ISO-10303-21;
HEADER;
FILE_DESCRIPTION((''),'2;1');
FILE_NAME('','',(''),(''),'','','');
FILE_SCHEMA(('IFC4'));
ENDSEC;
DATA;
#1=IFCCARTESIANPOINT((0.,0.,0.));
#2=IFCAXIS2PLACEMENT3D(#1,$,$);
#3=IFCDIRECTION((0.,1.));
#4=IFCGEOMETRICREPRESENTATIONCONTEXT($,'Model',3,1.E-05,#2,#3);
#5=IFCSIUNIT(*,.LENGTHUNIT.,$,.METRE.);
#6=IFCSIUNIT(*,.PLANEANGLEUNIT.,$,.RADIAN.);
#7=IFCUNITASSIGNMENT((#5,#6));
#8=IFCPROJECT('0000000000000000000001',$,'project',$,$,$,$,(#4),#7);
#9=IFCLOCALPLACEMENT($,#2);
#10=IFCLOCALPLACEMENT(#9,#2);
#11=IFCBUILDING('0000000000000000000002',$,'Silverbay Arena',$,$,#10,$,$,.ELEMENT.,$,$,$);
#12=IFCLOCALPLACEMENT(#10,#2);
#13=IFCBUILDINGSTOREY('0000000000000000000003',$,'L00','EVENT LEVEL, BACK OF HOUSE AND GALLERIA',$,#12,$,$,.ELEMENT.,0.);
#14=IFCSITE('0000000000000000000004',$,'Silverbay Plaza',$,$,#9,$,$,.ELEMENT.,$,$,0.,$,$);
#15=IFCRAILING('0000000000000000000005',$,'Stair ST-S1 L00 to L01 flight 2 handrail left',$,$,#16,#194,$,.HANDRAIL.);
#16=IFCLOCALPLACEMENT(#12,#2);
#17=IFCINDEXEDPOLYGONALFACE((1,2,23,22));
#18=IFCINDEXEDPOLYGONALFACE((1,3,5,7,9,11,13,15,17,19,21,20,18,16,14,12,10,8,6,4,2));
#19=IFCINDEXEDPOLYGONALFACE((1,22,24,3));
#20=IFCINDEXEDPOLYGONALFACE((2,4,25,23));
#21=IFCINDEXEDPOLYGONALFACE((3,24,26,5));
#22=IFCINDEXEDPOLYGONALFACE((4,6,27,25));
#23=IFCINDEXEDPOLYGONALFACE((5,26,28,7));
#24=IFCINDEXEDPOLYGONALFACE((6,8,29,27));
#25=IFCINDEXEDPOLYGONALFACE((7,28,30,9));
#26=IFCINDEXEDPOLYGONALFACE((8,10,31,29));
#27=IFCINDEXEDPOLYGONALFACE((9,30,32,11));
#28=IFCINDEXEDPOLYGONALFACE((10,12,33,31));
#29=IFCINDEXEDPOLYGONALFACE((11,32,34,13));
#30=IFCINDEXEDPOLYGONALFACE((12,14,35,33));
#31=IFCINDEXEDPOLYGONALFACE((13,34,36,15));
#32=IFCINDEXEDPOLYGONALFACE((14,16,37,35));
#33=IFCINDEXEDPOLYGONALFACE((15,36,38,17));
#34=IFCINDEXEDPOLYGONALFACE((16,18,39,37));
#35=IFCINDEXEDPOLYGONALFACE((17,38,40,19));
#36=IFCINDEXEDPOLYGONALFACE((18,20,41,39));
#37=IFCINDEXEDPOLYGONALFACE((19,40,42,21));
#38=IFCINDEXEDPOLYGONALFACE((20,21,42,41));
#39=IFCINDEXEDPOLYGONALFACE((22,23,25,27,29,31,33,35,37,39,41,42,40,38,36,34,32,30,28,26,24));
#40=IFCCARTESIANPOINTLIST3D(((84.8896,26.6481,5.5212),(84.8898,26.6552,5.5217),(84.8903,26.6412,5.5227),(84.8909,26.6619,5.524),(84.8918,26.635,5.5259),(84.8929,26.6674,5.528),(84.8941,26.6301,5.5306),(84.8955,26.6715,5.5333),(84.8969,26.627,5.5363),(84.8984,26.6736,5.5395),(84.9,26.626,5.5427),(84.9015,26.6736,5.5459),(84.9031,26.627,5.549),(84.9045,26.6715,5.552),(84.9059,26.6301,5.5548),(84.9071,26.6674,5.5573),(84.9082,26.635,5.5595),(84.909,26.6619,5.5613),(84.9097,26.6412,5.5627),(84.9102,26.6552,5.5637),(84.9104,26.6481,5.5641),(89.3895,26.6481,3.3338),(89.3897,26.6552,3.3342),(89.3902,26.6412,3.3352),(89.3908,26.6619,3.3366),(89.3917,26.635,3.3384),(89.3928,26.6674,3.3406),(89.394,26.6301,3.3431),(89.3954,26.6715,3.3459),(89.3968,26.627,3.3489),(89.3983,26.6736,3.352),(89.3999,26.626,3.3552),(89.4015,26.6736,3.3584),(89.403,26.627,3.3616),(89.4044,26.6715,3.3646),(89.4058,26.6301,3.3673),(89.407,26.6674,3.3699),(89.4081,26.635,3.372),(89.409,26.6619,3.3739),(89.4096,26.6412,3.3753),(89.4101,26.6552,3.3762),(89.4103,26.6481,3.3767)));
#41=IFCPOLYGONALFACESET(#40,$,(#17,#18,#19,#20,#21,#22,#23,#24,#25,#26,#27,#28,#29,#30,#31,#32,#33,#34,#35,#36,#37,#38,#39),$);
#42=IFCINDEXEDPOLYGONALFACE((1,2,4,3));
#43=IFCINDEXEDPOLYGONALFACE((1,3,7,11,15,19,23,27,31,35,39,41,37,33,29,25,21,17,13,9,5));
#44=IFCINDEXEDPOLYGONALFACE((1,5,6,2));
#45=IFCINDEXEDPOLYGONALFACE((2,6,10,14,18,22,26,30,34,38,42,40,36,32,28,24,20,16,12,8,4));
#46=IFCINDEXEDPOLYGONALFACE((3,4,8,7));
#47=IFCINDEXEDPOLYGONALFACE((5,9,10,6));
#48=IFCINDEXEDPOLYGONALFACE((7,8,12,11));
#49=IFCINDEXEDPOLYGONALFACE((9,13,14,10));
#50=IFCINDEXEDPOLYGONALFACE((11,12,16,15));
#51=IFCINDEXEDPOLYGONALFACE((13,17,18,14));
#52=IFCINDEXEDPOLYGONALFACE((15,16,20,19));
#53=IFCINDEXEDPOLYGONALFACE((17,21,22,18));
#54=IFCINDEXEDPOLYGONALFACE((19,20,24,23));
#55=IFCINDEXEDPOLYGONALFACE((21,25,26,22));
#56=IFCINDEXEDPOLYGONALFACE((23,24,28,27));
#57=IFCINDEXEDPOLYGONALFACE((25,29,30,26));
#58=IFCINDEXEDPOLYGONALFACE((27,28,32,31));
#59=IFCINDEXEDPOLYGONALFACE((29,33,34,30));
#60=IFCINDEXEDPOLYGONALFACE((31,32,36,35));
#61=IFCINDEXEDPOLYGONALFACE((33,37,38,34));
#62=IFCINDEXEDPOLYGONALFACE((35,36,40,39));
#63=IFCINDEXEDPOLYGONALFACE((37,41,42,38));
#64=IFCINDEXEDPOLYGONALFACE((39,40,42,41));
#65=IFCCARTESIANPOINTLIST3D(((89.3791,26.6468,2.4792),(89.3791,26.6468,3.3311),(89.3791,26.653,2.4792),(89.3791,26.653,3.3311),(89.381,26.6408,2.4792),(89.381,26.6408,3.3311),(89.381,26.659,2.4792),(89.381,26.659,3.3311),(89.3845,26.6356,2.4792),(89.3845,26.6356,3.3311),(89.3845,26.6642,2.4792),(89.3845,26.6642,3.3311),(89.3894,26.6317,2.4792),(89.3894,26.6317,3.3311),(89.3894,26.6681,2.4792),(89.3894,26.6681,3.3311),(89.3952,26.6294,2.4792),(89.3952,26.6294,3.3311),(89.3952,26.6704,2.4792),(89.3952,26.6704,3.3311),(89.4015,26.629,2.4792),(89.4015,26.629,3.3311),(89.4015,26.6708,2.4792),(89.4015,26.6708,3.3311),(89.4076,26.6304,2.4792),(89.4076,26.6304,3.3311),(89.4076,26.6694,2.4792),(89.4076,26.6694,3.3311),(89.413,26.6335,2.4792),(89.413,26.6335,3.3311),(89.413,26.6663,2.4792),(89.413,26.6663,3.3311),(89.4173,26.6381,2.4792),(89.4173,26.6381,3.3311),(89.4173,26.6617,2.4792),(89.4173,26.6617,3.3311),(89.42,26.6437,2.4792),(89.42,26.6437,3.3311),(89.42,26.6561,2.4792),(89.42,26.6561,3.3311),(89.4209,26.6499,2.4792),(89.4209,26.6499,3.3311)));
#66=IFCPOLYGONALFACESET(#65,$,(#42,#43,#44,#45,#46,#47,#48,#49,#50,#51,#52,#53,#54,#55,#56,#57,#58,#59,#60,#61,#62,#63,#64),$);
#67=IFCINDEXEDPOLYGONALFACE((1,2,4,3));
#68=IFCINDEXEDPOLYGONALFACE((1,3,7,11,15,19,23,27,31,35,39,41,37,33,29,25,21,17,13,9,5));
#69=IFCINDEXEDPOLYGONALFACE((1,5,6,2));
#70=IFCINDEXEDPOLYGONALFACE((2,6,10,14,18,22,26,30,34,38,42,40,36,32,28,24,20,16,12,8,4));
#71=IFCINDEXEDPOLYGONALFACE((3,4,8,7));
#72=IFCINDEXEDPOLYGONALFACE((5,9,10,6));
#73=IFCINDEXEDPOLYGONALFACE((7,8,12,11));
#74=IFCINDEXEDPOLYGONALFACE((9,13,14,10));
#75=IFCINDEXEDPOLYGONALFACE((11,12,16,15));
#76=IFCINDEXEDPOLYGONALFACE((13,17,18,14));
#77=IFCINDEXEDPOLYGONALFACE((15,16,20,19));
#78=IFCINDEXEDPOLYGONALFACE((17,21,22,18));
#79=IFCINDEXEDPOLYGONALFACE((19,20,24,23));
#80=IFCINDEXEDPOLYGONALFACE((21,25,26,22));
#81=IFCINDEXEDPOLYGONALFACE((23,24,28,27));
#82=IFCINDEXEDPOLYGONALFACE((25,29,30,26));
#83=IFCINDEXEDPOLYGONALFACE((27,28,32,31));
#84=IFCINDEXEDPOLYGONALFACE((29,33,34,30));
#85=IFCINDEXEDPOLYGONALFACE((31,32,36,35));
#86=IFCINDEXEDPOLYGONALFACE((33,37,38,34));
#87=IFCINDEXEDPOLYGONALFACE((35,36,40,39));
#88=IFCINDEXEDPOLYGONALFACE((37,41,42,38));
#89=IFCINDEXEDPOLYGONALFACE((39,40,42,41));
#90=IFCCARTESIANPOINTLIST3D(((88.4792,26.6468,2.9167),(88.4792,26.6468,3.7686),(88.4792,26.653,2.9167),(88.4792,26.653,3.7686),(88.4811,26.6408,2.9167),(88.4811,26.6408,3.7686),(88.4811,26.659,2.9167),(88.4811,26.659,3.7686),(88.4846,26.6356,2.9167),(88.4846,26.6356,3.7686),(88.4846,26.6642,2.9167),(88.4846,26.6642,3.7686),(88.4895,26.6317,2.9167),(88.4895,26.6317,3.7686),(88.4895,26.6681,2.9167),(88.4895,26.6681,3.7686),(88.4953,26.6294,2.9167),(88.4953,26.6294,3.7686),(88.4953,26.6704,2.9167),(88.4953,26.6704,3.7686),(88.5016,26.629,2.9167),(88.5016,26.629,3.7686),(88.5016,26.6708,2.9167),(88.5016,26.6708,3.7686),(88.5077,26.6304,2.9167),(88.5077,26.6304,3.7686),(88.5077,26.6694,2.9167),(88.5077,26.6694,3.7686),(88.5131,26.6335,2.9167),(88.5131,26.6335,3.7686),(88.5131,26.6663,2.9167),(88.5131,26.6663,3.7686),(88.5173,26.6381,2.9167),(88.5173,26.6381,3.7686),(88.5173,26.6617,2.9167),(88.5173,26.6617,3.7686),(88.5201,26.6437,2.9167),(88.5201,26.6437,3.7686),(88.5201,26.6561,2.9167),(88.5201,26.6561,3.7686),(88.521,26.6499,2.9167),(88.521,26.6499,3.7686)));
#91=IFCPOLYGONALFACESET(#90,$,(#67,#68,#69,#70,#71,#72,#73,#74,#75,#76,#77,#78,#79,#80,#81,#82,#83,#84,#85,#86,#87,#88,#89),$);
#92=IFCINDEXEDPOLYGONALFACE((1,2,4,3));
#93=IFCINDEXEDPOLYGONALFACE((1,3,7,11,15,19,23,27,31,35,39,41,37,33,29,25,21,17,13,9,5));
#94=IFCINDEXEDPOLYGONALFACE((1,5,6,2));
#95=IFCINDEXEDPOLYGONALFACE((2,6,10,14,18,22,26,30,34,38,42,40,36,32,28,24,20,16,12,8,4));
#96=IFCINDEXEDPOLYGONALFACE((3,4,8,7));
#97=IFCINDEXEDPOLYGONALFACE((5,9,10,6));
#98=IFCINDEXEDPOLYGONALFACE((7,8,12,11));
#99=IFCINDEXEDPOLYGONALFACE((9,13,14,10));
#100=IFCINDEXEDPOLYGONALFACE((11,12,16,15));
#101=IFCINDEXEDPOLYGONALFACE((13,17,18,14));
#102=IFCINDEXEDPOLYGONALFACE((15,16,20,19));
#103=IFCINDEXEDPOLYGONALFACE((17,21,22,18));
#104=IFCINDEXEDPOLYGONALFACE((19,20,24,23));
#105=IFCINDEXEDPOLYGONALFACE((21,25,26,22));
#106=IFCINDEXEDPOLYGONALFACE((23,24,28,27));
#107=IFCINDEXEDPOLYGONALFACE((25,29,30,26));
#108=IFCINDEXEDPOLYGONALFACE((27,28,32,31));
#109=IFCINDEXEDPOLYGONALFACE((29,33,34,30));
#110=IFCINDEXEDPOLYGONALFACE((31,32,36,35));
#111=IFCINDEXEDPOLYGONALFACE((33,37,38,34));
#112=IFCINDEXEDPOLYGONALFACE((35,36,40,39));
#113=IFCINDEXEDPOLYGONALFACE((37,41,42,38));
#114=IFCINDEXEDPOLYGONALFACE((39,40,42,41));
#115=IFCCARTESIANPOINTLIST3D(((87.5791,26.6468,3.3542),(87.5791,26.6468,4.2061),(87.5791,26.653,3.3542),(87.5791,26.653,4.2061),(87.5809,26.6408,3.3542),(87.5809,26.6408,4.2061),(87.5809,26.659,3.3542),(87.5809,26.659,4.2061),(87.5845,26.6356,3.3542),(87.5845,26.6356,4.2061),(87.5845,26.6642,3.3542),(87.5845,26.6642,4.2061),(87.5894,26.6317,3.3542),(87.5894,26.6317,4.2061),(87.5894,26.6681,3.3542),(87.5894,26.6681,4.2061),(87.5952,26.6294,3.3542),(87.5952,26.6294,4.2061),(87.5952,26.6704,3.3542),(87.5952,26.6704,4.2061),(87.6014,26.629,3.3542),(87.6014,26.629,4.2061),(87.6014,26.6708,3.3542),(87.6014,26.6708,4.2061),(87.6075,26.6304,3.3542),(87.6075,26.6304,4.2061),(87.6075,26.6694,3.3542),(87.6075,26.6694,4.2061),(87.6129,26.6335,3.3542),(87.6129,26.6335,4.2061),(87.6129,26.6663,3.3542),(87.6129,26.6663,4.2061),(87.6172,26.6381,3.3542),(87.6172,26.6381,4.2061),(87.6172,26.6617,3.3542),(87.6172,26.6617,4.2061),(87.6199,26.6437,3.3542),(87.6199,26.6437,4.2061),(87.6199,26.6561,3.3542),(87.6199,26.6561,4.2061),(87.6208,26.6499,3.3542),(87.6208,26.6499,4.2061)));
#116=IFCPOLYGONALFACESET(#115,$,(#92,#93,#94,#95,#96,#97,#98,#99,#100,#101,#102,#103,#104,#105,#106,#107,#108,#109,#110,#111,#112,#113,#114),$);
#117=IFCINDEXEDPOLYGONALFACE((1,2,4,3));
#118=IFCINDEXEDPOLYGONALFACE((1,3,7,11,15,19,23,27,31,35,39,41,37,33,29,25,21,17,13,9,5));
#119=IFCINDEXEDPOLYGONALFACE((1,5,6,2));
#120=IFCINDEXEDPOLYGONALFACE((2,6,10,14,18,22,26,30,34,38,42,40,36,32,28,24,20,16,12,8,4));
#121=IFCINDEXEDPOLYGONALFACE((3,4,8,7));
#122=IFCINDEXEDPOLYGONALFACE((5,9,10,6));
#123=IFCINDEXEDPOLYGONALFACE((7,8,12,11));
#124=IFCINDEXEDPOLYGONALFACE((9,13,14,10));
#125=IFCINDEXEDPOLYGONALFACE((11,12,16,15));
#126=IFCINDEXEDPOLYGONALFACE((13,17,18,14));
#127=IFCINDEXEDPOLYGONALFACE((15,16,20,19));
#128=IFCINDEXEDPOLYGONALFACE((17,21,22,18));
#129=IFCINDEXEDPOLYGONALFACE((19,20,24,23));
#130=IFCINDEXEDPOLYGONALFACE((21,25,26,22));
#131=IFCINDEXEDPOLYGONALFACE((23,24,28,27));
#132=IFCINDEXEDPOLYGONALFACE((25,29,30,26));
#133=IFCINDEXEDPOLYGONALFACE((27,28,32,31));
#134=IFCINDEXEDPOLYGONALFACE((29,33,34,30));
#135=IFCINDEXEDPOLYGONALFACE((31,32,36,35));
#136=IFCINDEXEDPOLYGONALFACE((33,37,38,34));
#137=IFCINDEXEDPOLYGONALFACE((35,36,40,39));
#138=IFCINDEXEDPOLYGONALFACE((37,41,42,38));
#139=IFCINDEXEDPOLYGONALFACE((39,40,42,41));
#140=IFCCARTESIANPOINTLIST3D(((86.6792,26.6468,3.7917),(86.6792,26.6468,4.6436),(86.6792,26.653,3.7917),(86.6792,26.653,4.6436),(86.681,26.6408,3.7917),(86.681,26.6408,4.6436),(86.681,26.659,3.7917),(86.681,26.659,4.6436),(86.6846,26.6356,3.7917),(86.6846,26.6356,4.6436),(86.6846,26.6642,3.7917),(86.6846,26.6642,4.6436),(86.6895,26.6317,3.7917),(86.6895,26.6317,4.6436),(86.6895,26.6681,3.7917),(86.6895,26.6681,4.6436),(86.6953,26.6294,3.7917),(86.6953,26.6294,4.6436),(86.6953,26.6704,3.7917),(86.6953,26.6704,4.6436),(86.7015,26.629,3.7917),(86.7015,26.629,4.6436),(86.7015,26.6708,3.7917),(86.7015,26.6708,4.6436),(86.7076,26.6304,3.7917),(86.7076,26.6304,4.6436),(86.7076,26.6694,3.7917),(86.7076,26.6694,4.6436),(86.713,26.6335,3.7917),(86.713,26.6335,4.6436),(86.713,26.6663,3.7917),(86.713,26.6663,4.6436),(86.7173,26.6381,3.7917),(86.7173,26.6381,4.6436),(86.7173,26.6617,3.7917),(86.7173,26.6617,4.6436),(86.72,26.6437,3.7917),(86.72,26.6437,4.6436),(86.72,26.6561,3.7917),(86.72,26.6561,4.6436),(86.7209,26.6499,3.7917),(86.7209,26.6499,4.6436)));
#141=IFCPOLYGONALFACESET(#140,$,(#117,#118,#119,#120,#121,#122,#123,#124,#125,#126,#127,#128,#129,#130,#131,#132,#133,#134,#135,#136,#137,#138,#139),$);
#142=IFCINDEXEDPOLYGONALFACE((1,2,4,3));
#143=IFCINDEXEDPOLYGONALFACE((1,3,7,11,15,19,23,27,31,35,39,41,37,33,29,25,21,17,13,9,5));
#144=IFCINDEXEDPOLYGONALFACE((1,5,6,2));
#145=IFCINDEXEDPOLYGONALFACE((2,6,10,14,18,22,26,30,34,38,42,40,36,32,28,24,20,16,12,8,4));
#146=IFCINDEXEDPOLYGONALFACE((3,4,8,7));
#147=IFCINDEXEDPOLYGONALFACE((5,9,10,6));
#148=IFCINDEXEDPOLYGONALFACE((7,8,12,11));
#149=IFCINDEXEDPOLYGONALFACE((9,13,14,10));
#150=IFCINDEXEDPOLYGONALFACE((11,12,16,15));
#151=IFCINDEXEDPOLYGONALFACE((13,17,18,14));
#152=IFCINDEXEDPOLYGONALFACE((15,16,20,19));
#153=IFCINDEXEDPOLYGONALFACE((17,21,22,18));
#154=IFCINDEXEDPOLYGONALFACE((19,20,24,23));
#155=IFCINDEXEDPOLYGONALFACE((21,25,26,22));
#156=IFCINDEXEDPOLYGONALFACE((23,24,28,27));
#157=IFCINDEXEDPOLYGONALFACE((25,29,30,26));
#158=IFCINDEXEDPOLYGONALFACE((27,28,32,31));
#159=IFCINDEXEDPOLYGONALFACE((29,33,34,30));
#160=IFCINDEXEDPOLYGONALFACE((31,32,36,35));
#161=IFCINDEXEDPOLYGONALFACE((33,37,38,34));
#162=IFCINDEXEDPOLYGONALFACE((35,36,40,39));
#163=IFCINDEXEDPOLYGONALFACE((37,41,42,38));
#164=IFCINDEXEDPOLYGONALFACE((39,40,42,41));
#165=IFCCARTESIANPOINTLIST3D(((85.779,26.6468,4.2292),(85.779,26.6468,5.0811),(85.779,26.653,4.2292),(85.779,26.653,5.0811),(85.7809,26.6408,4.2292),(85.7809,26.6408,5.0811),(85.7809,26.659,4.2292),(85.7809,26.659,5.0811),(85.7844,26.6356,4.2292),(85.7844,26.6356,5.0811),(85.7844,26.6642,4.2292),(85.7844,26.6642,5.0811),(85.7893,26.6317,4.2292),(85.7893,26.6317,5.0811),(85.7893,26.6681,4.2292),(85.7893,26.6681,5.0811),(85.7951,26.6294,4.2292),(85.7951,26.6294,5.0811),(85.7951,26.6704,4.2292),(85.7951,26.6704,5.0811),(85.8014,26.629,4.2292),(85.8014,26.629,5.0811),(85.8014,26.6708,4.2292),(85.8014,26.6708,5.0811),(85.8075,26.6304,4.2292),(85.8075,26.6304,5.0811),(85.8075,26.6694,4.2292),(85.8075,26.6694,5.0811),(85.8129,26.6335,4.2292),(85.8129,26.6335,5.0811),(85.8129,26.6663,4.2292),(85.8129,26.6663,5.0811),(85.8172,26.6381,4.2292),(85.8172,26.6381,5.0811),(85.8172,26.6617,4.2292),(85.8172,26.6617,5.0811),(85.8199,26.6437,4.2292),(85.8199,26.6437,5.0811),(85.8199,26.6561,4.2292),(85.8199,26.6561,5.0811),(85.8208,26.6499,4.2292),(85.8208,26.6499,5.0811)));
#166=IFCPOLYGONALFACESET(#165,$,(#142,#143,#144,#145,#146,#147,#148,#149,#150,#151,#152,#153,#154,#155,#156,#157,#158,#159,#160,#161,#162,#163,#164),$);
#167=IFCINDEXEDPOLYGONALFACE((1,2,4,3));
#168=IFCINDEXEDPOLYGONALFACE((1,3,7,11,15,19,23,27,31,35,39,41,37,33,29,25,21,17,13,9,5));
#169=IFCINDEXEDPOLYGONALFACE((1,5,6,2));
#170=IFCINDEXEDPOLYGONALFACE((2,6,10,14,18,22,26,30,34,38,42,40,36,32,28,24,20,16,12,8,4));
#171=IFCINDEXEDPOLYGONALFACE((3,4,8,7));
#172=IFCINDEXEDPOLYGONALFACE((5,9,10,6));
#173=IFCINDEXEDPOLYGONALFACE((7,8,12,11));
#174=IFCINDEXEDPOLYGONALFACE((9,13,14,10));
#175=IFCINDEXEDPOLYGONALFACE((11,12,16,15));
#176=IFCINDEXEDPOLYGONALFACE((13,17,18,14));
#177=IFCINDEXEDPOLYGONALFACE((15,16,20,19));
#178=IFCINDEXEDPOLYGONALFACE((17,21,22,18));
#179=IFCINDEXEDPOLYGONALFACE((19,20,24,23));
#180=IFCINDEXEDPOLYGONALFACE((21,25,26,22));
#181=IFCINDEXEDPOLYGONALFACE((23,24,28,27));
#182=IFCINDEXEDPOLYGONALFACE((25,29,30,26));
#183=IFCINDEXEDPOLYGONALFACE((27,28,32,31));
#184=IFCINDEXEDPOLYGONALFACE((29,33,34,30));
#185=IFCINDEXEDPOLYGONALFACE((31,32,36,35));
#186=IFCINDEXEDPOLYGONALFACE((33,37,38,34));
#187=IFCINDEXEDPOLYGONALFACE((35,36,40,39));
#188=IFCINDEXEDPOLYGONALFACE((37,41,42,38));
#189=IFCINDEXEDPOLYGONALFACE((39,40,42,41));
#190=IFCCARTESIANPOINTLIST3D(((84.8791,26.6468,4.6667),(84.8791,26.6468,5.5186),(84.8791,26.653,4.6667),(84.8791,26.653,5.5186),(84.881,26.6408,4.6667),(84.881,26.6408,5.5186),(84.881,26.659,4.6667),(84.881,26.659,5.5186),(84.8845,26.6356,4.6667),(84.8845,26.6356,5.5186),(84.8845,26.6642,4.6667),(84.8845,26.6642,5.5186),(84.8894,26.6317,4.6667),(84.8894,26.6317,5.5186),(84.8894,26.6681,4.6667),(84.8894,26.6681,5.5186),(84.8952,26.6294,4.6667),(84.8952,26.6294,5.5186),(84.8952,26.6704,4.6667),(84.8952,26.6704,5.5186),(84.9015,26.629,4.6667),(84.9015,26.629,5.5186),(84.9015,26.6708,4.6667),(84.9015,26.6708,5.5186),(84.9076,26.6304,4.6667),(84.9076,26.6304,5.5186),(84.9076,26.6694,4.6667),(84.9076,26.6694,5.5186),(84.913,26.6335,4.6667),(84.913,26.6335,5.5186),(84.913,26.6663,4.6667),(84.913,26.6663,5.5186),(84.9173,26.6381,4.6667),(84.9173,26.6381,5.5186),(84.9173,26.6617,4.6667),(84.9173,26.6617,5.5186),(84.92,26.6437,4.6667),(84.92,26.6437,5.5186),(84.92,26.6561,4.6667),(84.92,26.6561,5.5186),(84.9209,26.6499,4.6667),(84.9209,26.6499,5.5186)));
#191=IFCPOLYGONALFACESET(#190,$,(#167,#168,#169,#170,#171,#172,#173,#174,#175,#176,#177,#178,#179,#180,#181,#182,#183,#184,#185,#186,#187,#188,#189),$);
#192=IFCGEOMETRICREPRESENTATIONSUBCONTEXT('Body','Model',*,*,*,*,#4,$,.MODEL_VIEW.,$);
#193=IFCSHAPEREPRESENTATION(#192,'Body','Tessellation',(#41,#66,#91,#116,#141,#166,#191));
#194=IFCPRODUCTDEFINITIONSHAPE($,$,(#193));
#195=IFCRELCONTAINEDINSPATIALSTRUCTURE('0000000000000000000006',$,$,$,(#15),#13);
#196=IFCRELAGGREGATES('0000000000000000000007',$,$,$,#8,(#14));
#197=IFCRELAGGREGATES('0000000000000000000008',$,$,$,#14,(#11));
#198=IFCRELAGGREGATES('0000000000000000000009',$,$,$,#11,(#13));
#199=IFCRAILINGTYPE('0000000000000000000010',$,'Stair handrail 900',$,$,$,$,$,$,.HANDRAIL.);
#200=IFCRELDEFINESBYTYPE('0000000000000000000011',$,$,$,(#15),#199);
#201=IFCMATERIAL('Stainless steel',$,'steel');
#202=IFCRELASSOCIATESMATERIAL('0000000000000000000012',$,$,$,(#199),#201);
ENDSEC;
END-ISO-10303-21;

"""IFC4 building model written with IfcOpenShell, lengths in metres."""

from ifc_helpers import new_model, si_unit, direction, frame, origin, origin_2d, place, context, subcontext, project, spatial, circle, extrude, material, type_object, element, save


model = new_model("IFC4")

# Units and contexts
model_context = context("Model", 3, precision=1e-05, world=origin(), true_north=direction((0.0, 1.0)))
body_context = subcontext(model_context, "Body", "Model", "MODEL_VIEW")
ifc_project = project(units=[si_unit("LENGTHUNIT", "METRE"), si_unit("PLANEANGLEUNIT", "RADIAN")], contexts=[model_context])

# Site, building, storey
site_placement = place(None, origin())
site = spatial("IfcSite", under=ifc_project, at=site_placement, Name="Silverbay Plaza", CompositionType="ELEMENT", RefElevation=0.0)
building_placement = place(site_placement, origin())
building = spatial("IfcBuilding", under=site, at=building_placement, Name="Silverbay Arena", CompositionType="ELEMENT")
storey_placement = place(building_placement, origin())
storey = spatial("IfcBuildingStorey", under=building, at=storey_placement, Name="L00", Description="EVENT LEVEL, BACK OF HOUSE AND GALLERIA", CompositionType="ELEMENT", Elevation=0.0)

# Railing
ifc_material_1 = material(Name="Stainless steel", Category="steel")
railing_type_1 = type_object("IfcRailingType", Name="Stair handrail 900", PredefinedType="HANDRAIL", material=ifc_material_1)
for number, where, name in (
    (1, (89.3999, 26.6499, 2.4792), "Stair ST-S1 L00 to L01 flight 2 handrail left"),
):
    element("IfcRailing", number, at=place(storey_placement, frame(where)), inside=storey, type_object=railing_type_1, Name=name, PredefinedType="HANDRAIL", context=body_context, shape_type="SweptSolid", body=[
        extrude(circle(Radius=0.0239, at=origin_2d()), frame((0.0, 0.0, 0.876), z_axis=(-0.899368, 0.0, 0.437193), x_axis=(0.0, -1.0, 0.0)), (0.0, 0.0, 1.0), 5.0034),
        extrude(circle(Radius=0.021, at=origin_2d()), origin(), (0.0, 0.0, 1.0), 0.8518),
        extrude(circle(Radius=0.021, at=origin_2d()), frame((-0.8999, 0.0, 0.4375)), (0.0, 0.0, 1.0), 0.8518),
        extrude(circle(Radius=0.021, at=origin_2d()), frame((-1.8, 0.0, 0.875)), (0.0, 0.0, 1.0), 0.8518),
        extrude(circle(Radius=0.021, at=origin_2d()), frame((-2.7, 0.0, 1.3125)), (0.0, 0.0, 1.0), 0.8518),
        extrude(circle(Radius=0.021, at=origin_2d()), frame((-3.6001, 0.0, 1.75)), (0.0, 0.0, 1.0), 0.8518),
        extrude(circle(Radius=0.021, at=origin_2d()), frame((-4.5, 0.0, 2.1875)), (0.0, 0.0, 1.0), 0.8518),
    ])

save(model, "model.ifc")
